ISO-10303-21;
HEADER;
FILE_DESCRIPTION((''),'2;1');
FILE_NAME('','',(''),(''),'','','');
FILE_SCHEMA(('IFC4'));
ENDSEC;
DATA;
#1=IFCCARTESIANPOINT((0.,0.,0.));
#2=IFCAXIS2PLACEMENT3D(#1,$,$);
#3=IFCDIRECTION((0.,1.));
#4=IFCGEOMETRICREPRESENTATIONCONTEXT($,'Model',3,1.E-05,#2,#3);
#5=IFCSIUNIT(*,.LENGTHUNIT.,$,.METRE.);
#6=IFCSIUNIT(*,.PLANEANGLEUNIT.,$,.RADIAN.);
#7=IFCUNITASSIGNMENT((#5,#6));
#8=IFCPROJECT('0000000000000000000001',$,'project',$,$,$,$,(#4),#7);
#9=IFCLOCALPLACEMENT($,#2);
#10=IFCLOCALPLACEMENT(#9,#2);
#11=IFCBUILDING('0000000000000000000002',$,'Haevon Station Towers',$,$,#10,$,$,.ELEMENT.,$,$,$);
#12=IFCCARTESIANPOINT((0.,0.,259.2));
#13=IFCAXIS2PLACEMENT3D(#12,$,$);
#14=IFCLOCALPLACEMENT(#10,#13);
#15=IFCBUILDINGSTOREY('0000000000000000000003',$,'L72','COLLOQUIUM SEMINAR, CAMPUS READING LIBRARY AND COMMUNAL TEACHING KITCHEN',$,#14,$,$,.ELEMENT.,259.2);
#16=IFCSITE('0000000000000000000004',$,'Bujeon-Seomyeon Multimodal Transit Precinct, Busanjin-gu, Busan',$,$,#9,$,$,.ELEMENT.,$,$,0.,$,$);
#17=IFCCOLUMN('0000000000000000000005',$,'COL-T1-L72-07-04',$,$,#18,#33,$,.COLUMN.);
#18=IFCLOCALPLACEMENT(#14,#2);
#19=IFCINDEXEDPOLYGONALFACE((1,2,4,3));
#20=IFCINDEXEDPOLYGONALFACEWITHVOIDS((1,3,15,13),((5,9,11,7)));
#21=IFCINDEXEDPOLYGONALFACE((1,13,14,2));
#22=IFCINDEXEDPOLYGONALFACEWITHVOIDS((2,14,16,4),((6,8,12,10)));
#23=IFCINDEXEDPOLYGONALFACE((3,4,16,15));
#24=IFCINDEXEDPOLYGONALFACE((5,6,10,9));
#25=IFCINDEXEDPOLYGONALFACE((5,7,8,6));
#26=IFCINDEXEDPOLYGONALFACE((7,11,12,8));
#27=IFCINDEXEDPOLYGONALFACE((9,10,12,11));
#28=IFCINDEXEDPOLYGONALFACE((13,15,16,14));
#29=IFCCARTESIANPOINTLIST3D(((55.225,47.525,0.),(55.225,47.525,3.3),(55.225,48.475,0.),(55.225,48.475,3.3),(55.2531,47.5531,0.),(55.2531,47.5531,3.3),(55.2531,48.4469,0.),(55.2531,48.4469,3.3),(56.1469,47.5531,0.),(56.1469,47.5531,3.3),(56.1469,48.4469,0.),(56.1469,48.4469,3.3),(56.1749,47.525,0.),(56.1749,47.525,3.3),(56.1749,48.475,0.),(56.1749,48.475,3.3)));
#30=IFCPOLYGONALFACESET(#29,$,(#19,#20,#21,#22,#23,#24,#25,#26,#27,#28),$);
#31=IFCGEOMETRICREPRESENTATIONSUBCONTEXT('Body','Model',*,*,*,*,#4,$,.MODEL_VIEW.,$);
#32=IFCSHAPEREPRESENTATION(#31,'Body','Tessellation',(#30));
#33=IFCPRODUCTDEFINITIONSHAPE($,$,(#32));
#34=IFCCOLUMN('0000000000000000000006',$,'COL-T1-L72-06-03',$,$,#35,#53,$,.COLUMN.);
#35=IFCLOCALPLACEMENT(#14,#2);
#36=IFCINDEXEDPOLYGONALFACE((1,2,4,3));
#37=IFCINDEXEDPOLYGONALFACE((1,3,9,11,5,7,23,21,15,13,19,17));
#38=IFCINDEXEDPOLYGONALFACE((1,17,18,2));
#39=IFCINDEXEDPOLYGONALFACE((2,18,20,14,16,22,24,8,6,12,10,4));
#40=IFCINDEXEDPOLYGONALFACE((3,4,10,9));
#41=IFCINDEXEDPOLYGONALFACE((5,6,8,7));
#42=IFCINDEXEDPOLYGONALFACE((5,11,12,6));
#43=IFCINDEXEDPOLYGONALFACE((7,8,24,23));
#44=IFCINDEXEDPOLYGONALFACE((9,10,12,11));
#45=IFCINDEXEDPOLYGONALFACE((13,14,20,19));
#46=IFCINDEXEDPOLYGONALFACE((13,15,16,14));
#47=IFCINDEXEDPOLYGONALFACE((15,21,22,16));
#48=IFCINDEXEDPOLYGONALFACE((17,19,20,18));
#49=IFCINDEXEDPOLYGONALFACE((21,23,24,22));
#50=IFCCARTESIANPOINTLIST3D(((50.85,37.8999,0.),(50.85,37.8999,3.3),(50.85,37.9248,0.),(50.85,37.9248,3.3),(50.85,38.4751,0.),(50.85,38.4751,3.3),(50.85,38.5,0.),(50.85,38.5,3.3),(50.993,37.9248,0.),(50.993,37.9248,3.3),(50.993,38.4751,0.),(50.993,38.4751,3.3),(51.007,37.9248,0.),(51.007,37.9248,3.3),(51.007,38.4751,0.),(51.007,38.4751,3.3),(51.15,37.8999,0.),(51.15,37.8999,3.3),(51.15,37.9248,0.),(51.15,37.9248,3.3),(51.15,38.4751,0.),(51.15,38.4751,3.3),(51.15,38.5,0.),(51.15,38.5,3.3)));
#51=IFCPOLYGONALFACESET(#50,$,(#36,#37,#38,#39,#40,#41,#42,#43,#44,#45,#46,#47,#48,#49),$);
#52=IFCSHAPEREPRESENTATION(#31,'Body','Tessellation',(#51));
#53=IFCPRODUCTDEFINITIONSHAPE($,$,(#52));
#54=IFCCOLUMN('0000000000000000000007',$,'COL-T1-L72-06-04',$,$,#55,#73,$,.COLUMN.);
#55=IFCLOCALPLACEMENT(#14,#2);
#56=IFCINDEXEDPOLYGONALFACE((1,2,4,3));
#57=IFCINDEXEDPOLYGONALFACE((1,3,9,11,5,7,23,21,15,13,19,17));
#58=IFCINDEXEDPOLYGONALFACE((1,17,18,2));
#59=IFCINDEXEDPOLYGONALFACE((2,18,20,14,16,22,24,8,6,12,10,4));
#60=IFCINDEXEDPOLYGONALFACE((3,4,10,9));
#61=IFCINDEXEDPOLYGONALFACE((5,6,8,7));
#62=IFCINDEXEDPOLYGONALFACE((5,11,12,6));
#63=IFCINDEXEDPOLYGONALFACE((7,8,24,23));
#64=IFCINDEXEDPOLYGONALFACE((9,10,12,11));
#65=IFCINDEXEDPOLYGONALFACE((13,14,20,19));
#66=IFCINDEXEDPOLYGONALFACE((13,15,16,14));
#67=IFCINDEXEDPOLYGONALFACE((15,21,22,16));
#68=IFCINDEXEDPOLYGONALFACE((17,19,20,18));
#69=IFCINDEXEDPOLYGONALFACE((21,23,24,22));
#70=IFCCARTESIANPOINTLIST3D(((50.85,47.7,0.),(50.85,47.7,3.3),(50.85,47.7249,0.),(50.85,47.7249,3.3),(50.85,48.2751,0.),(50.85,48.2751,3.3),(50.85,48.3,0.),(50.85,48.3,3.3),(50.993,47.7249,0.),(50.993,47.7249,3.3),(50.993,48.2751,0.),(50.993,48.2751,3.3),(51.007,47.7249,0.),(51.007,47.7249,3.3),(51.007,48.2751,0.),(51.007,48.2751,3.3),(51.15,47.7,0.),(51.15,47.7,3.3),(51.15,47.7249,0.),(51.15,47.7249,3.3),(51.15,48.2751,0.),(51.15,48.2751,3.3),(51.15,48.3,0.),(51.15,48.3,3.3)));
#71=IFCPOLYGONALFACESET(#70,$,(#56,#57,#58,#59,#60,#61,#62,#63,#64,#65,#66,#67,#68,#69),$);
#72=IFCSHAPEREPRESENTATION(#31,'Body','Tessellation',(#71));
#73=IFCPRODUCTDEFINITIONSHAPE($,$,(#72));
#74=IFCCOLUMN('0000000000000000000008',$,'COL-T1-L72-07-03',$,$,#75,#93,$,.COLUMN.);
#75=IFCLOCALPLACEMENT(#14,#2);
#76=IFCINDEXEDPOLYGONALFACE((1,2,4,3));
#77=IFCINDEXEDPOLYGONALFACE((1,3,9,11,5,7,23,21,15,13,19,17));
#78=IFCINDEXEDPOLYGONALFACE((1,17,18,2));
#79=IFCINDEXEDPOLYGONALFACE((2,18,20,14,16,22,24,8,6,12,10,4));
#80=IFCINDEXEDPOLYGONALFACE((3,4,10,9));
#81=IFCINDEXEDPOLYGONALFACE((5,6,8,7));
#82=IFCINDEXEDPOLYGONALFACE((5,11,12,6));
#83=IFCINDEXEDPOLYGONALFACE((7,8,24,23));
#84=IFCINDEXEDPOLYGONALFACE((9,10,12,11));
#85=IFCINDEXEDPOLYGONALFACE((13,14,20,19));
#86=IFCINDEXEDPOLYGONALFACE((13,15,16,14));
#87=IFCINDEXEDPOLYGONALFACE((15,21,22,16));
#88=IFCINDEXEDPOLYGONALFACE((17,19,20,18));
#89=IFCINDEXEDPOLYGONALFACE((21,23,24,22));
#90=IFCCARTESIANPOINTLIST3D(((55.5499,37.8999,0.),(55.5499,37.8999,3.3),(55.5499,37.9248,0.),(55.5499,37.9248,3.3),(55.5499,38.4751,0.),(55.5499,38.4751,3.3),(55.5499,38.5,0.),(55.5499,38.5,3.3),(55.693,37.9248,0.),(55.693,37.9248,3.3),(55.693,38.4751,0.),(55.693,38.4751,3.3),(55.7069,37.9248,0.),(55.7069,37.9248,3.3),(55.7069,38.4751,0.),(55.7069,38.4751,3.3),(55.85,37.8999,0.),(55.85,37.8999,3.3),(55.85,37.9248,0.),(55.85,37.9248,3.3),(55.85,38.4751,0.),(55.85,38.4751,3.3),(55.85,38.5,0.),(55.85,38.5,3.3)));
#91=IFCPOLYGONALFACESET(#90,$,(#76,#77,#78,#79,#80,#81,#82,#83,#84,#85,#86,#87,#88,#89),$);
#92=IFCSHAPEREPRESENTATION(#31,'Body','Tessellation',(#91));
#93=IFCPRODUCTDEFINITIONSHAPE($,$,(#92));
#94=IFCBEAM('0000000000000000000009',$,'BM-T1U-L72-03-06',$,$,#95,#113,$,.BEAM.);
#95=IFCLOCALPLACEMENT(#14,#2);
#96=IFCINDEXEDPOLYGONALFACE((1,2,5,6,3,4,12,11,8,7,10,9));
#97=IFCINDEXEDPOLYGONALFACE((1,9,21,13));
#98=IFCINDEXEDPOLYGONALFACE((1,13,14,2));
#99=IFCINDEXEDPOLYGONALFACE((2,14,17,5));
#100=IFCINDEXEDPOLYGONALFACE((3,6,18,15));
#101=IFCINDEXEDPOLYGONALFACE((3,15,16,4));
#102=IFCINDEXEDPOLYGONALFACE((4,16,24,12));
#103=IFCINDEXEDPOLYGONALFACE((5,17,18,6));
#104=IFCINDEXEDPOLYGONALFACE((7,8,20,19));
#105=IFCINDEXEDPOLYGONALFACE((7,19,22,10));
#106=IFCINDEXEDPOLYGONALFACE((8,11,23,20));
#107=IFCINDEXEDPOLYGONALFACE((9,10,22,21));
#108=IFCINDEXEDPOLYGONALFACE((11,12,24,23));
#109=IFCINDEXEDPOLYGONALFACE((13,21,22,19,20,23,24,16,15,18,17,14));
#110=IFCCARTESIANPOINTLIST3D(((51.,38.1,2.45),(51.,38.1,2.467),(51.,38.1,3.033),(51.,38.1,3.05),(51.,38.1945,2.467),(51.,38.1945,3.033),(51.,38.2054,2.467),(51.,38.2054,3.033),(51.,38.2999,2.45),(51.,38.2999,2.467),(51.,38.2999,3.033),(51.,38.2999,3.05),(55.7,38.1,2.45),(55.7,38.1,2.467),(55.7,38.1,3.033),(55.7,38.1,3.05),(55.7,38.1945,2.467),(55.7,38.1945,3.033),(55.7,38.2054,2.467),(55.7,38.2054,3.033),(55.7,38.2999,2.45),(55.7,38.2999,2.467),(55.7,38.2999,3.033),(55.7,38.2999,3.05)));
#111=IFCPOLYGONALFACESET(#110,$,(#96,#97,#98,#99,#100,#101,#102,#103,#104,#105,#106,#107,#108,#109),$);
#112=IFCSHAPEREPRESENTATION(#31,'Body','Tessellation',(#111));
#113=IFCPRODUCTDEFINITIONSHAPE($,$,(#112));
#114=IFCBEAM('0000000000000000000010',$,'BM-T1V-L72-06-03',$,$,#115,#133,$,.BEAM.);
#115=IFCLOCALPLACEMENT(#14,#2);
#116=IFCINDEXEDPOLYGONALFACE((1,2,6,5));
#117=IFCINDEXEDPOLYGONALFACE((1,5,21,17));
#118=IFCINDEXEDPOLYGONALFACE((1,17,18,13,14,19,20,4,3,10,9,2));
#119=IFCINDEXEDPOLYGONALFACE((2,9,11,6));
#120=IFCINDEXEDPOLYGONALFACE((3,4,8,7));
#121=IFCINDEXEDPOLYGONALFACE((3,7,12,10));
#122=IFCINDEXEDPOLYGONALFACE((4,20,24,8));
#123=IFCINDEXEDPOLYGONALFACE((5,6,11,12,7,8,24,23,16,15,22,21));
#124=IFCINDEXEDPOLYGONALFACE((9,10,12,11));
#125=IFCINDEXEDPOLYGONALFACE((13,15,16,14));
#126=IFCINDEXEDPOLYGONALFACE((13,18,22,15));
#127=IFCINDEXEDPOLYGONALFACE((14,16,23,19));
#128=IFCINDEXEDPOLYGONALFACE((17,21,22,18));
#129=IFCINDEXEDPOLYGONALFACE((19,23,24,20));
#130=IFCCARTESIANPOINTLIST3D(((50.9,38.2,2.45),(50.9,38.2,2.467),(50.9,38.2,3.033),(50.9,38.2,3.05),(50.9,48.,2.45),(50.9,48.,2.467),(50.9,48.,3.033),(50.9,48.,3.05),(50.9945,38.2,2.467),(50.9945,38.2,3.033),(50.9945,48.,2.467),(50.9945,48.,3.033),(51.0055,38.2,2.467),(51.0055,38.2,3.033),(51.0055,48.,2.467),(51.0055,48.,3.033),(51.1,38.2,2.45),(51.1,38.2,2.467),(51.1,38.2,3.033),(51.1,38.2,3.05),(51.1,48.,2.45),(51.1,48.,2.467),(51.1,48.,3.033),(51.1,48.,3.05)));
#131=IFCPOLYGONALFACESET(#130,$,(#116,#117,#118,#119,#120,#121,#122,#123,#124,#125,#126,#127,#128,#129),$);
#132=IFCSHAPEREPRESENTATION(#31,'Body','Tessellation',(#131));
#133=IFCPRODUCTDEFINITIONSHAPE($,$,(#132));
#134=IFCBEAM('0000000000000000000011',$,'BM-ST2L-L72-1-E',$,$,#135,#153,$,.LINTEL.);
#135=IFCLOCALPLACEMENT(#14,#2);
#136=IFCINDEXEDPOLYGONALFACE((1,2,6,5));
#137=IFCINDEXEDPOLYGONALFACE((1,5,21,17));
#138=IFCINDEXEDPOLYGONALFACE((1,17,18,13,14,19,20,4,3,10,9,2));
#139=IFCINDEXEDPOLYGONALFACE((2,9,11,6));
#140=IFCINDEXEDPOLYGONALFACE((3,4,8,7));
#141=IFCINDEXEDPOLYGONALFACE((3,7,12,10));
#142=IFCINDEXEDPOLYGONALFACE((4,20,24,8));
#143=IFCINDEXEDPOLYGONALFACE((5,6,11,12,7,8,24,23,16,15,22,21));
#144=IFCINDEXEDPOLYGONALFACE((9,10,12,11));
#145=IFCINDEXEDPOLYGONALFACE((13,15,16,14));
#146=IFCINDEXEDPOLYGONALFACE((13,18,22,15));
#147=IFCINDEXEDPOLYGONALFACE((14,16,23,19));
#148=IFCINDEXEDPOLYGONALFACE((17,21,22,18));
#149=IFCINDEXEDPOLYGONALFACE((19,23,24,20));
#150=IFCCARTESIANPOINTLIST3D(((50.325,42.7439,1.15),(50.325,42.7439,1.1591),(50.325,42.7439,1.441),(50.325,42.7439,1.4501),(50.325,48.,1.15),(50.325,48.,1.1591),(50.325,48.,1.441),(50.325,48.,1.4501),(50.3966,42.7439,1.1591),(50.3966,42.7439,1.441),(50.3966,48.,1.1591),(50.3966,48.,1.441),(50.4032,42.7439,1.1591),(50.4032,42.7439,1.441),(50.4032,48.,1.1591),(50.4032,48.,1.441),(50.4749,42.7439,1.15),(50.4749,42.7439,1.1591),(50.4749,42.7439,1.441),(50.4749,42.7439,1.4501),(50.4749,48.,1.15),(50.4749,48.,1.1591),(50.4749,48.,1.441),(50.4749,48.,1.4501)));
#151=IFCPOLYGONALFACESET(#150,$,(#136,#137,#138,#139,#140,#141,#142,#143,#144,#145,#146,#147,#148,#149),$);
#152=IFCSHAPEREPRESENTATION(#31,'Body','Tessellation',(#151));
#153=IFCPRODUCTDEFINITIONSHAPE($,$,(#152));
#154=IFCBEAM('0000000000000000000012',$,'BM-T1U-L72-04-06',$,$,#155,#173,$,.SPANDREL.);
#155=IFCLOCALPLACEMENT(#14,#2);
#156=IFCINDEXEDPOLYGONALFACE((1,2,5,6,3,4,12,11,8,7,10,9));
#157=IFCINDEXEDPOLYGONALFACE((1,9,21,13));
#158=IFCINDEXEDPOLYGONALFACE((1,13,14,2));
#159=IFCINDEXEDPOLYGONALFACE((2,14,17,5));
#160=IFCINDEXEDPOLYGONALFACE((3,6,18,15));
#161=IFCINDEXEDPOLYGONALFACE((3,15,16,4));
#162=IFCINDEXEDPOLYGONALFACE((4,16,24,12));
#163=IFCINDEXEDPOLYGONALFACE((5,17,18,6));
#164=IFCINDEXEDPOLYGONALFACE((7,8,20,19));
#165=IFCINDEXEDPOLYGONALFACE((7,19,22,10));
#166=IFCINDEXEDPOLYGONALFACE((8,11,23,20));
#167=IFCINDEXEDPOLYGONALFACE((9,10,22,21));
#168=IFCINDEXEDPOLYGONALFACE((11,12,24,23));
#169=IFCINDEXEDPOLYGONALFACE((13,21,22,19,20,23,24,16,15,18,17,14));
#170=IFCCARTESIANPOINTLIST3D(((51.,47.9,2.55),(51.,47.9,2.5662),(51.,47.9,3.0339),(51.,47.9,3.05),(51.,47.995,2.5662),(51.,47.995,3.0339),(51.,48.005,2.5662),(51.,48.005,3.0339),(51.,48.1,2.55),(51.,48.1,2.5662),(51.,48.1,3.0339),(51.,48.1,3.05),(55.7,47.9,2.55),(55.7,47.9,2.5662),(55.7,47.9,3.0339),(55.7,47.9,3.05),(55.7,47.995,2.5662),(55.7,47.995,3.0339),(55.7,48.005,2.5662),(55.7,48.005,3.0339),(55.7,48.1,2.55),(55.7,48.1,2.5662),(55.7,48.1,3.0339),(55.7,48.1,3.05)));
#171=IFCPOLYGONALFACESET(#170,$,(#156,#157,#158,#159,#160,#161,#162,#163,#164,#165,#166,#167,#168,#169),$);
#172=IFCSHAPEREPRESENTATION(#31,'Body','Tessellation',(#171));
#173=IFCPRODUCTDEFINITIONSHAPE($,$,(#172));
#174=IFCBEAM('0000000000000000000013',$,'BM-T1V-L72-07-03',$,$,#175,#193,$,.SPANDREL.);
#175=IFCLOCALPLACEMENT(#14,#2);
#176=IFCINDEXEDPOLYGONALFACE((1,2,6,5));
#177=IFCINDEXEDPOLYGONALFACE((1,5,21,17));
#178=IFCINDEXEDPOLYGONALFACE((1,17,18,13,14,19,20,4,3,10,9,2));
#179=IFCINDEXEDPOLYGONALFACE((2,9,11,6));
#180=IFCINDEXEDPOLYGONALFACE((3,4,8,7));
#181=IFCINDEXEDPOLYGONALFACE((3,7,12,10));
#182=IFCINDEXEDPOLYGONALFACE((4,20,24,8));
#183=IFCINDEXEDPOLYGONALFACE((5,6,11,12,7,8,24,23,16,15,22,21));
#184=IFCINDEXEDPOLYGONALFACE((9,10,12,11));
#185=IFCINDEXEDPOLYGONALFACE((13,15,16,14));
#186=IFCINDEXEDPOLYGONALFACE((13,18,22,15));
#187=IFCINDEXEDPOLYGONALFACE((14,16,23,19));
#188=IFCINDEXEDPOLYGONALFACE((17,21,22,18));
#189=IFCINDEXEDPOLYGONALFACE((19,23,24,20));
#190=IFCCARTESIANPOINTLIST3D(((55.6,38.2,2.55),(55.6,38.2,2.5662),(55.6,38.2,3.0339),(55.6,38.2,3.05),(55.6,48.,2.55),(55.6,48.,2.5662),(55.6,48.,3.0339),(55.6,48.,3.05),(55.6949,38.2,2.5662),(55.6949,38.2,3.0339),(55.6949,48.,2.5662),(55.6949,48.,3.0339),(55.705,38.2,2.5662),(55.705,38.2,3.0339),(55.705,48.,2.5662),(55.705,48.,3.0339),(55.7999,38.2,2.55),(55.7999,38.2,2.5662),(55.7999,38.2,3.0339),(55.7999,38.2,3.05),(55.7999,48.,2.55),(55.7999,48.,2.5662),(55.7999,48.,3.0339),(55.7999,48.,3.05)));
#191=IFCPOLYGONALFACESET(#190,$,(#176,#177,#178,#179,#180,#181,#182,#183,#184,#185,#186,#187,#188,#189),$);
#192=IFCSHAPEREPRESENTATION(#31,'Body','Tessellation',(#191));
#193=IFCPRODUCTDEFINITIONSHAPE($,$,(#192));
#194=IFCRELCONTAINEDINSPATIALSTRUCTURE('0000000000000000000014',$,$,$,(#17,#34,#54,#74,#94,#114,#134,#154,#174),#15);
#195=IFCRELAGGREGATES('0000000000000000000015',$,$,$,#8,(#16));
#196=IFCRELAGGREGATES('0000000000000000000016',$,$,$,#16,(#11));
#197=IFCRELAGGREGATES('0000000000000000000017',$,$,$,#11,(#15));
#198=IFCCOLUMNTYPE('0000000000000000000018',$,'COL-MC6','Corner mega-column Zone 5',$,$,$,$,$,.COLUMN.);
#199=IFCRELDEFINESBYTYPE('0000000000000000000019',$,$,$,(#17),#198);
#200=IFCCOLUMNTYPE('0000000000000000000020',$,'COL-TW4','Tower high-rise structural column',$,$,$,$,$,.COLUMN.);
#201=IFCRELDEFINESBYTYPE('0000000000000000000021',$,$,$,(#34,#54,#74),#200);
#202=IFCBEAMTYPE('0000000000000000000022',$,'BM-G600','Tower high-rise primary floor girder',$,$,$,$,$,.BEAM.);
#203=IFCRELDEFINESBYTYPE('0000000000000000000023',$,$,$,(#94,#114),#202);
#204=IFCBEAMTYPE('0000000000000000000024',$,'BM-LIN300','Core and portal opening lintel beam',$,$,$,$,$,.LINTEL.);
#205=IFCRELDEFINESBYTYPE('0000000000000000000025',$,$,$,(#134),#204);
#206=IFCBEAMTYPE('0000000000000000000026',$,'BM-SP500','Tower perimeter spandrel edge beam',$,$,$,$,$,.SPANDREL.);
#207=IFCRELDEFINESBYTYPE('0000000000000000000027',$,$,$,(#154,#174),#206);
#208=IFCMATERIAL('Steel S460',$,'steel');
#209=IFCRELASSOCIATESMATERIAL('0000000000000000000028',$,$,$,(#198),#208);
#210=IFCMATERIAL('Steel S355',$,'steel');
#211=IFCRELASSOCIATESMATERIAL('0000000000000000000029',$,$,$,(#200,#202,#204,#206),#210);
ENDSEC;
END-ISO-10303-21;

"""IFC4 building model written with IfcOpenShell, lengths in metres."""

from ifc_helpers import new_model, si_unit, direction, frame, origin, origin_2d, place, context, subcontext, project, spatial, hollow_rectangle, i_section, extrude, material, material_profile, profile_set, type_object, element, save


model = new_model("IFC4")

# Units and contexts
model_context = context("Model", 3, precision=1e-05, world=origin(), true_north=direction((0.0, 1.0)))
body_context = subcontext(model_context, "Body", "Model", "MODEL_VIEW")
ifc_project = project(units=[si_unit("LENGTHUNIT", "METRE"), si_unit("PLANEANGLEUNIT", "RADIAN")], contexts=[model_context])

# Site, building, storey
site_placement = place(None, origin())
site = spatial("IfcSite", under=ifc_project, at=site_placement, Name="Bujeon-Seomyeon Multimodal Transit Precinct, Busanjin-gu, Busan", CompositionType="ELEMENT", RefElevation=0.0)
building_placement = place(site_placement, origin())
building = spatial("IfcBuilding", under=site, at=building_placement, Name="Haevon Station Towers", CompositionType="ELEMENT")
storey_placement = place(building_placement, frame((0.0, 0.0, 259.2)))
storey = spatial("IfcBuildingStorey", under=building, at=storey_placement, Name="L72", Description="COLLOQUIUM SEMINAR, CAMPUS READING LIBRARY AND COMMUNAL TEACHING KITCHEN", CompositionType="ELEMENT", Elevation=259.2)

# Columns
ifc_material_1 = material(Name="Steel S460", Category="steel")
ifc_material_profile_1 = material_profile(ifc_material_1, hollow_rectangle(XDim=0.95, YDim=0.95, WallThickness=0.0281, at=origin_2d()), Name="BOX-950x950x28")
ifc_profile_set_1 = profile_set([ifc_material_profile_1], Name="Steel S460")
column_type_1 = type_object("IfcColumnType", Name="COL-MC6", Description="Corner mega-column Zone 5", PredefinedType="COLUMN", material=ifc_profile_set_1)
column_placement = place(storey_placement, frame((55.7, 48.0, 0.0), z_axis=(0.0, 0.0, 1.0), x_axis=(1.0, 0.0, 0.0)))
element("IfcColumn", 1, at=column_placement, inside=storey, type_object=column_type_1, Name="COL-T1-L72-07-04", PredefinedType="COLUMN", context=body_context, shape_type="SweptSolid", body=[
    extrude(hollow_rectangle(XDim=0.95, YDim=0.95, WallThickness=0.0281, at=origin_2d()), origin(), (0.0, 0.0, 1.0), 3.3),
])
ifc_material_2 = material(Name="Steel S355", Category="steel")
ifc_material_profile_2 = material_profile(ifc_material_2, i_section(OverallWidth=0.3, OverallDepth=0.6001, WebThickness=0.0139, FlangeThickness=0.0249, at=origin_2d()), Name="H-600x300x14x25")
ifc_profile_set_2 = profile_set([ifc_material_profile_2], Name="Steel S355")
column_type_2 = type_object("IfcColumnType", Name="COL-TW4", Description="Tower high-rise structural column", PredefinedType="COLUMN", material=ifc_profile_set_2)
for number, where, z_axis, x_axis, name in (
    (2, (51.0, 38.2, 0.0), (0.0, 0.0, 1.0), (1.0, 0.0, 0.0), "COL-T1-L72-06-03"),
    (3, (51.0, 48.0, 0.0), (0.0, 0.0, 1.0), (1.0, 0.0, 0.0), "COL-T1-L72-06-04"),
    (4, (55.7, 38.2, 0.0), (0.0, 0.0, 1.0), (1.0, 0.0, 0.0), "COL-T1-L72-07-03"),
):
    element("IfcColumn", number, at=place(storey_placement, frame(where, z_axis=z_axis, x_axis=x_axis)), inside=storey, type_object=column_type_2, Name=name, PredefinedType="COLUMN", context=body_context, shape_type="SweptSolid", body=[
        extrude(i_section(OverallWidth=0.3, OverallDepth=0.6001, WebThickness=0.0139, FlangeThickness=0.0249, at=origin_2d()), origin(), (0.0, 0.0, 1.0), 3.3),
    ])

# Beams
ifc_material_profile_3 = material_profile(ifc_material_2, i_section(OverallWidth=0.2, OverallDepth=0.6001, WebThickness=0.011, FlangeThickness=0.0171, at=origin_2d()), Name="H-600x200x11x17")
ifc_profile_set_3 = profile_set([ifc_material_profile_3], Name="Steel S355")
beam_type_1 = type_object("IfcBeamType", Name="BM-G600", Description="Tower high-rise primary floor girder", PredefinedType="BEAM", material=ifc_profile_set_3)
beam_1_placement = place(storey_placement, frame((51.0, 38.2, 2.75), z_axis=(1.0, 0.0, 0.0), x_axis=(0.0, 1.0, 0.0)))
element("IfcBeam", 5, at=beam_1_placement, inside=storey, type_object=beam_type_1, Name="BM-T1U-L72-03-06", PredefinedType="BEAM", context=body_context, shape_type="SweptSolid", body=[
    extrude(i_section(OverallWidth=0.2, OverallDepth=0.6001, WebThickness=0.011, FlangeThickness=0.0171, at=origin_2d()), origin(), (0.0, 0.0, 1.0), 4.7),
])
beam_2_placement = place(storey_placement, frame((51.0, 38.2, 2.75), z_axis=(0.0, 1.0, 0.0), x_axis=(-1.0, 0.0, 0.0)))
element("IfcBeam", 6, at=beam_2_placement, inside=storey, type_object=beam_type_1, Name="BM-T1V-L72-06-03", PredefinedType="BEAM", context=body_context, shape_type="SweptSolid", body=[
    extrude(i_section(OverallWidth=0.2, OverallDepth=0.6001, WebThickness=0.011, FlangeThickness=0.0171, at=origin_2d()), origin(), (0.0, 0.0, 1.0), 9.8),
])
ifc_material_profile_4 = material_profile(ifc_material_2, i_section(OverallWidth=0.1499, OverallDepth=0.3, WebThickness=0.0066, FlangeThickness=0.009, at=origin_2d()), Name="H-300x150x6.5x9")
ifc_profile_set_4 = profile_set([ifc_material_profile_4], Name="Steel S355")
beam_type_2 = type_object("IfcBeamType", Name="BM-LIN300", Description="Core and portal opening lintel beam", PredefinedType="LINTEL", material=ifc_profile_set_4)
beam_3_placement = place(storey_placement, frame((50.3999, 42.7439, 1.3), z_axis=(0.0, 1.0, 0.0), x_axis=(-1.0, 0.0, 0.0)))
element("IfcBeam", 7, at=beam_3_placement, inside=storey, type_object=beam_type_2, Name="BM-ST2L-L72-1-E", PredefinedType="LINTEL", context=body_context, shape_type="SweptSolid", body=[
    extrude(i_section(OverallWidth=0.1499, OverallDepth=0.3, WebThickness=0.0066, FlangeThickness=0.009, at=origin_2d()), origin(), (0.0, 0.0, 1.0), 5.2561),
])
ifc_material_profile_5 = material_profile(ifc_material_2, i_section(OverallWidth=0.2, OverallDepth=0.5, WebThickness=0.01, FlangeThickness=0.0161, at=origin_2d()), Name="H-500x200x10x16")
ifc_profile_set_5 = profile_set([ifc_material_profile_5], Name="Steel S355")
beam_type_3 = type_object("IfcBeamType", Name="BM-SP500", Description="Tower perimeter spandrel edge beam", PredefinedType="SPANDREL", material=ifc_profile_set_5)
beam_4_placement = place(storey_placement, frame((51.0, 48.0, 2.8), z_axis=(1.0, 0.0, 0.0), x_axis=(0.0, 1.0, 0.0)))
element("IfcBeam", 8, at=beam_4_placement, inside=storey, type_object=beam_type_3, Name="BM-T1U-L72-04-06", PredefinedType="SPANDREL", context=body_context, shape_type="SweptSolid", body=[
    extrude(i_section(OverallWidth=0.2, OverallDepth=0.5, WebThickness=0.01, FlangeThickness=0.0161, at=origin_2d()), origin(), (0.0, 0.0, 1.0), 4.7),
])
beam_5_placement = place(storey_placement, frame((55.7, 38.2, 2.8), z_axis=(0.0, 1.0, 0.0), x_axis=(-1.0, 0.0, 0.0)))
element("IfcBeam", 9, at=beam_5_placement, inside=storey, type_object=beam_type_3, Name="BM-T1V-L72-07-03", PredefinedType="SPANDREL", context=body_context, shape_type="SweptSolid", body=[
    extrude(i_section(OverallWidth=0.2, OverallDepth=0.5, WebThickness=0.01, FlangeThickness=0.0161, at=origin_2d()), origin(), (0.0, 0.0, 1.0), 9.8),
])

save(model, "model.ifc")
